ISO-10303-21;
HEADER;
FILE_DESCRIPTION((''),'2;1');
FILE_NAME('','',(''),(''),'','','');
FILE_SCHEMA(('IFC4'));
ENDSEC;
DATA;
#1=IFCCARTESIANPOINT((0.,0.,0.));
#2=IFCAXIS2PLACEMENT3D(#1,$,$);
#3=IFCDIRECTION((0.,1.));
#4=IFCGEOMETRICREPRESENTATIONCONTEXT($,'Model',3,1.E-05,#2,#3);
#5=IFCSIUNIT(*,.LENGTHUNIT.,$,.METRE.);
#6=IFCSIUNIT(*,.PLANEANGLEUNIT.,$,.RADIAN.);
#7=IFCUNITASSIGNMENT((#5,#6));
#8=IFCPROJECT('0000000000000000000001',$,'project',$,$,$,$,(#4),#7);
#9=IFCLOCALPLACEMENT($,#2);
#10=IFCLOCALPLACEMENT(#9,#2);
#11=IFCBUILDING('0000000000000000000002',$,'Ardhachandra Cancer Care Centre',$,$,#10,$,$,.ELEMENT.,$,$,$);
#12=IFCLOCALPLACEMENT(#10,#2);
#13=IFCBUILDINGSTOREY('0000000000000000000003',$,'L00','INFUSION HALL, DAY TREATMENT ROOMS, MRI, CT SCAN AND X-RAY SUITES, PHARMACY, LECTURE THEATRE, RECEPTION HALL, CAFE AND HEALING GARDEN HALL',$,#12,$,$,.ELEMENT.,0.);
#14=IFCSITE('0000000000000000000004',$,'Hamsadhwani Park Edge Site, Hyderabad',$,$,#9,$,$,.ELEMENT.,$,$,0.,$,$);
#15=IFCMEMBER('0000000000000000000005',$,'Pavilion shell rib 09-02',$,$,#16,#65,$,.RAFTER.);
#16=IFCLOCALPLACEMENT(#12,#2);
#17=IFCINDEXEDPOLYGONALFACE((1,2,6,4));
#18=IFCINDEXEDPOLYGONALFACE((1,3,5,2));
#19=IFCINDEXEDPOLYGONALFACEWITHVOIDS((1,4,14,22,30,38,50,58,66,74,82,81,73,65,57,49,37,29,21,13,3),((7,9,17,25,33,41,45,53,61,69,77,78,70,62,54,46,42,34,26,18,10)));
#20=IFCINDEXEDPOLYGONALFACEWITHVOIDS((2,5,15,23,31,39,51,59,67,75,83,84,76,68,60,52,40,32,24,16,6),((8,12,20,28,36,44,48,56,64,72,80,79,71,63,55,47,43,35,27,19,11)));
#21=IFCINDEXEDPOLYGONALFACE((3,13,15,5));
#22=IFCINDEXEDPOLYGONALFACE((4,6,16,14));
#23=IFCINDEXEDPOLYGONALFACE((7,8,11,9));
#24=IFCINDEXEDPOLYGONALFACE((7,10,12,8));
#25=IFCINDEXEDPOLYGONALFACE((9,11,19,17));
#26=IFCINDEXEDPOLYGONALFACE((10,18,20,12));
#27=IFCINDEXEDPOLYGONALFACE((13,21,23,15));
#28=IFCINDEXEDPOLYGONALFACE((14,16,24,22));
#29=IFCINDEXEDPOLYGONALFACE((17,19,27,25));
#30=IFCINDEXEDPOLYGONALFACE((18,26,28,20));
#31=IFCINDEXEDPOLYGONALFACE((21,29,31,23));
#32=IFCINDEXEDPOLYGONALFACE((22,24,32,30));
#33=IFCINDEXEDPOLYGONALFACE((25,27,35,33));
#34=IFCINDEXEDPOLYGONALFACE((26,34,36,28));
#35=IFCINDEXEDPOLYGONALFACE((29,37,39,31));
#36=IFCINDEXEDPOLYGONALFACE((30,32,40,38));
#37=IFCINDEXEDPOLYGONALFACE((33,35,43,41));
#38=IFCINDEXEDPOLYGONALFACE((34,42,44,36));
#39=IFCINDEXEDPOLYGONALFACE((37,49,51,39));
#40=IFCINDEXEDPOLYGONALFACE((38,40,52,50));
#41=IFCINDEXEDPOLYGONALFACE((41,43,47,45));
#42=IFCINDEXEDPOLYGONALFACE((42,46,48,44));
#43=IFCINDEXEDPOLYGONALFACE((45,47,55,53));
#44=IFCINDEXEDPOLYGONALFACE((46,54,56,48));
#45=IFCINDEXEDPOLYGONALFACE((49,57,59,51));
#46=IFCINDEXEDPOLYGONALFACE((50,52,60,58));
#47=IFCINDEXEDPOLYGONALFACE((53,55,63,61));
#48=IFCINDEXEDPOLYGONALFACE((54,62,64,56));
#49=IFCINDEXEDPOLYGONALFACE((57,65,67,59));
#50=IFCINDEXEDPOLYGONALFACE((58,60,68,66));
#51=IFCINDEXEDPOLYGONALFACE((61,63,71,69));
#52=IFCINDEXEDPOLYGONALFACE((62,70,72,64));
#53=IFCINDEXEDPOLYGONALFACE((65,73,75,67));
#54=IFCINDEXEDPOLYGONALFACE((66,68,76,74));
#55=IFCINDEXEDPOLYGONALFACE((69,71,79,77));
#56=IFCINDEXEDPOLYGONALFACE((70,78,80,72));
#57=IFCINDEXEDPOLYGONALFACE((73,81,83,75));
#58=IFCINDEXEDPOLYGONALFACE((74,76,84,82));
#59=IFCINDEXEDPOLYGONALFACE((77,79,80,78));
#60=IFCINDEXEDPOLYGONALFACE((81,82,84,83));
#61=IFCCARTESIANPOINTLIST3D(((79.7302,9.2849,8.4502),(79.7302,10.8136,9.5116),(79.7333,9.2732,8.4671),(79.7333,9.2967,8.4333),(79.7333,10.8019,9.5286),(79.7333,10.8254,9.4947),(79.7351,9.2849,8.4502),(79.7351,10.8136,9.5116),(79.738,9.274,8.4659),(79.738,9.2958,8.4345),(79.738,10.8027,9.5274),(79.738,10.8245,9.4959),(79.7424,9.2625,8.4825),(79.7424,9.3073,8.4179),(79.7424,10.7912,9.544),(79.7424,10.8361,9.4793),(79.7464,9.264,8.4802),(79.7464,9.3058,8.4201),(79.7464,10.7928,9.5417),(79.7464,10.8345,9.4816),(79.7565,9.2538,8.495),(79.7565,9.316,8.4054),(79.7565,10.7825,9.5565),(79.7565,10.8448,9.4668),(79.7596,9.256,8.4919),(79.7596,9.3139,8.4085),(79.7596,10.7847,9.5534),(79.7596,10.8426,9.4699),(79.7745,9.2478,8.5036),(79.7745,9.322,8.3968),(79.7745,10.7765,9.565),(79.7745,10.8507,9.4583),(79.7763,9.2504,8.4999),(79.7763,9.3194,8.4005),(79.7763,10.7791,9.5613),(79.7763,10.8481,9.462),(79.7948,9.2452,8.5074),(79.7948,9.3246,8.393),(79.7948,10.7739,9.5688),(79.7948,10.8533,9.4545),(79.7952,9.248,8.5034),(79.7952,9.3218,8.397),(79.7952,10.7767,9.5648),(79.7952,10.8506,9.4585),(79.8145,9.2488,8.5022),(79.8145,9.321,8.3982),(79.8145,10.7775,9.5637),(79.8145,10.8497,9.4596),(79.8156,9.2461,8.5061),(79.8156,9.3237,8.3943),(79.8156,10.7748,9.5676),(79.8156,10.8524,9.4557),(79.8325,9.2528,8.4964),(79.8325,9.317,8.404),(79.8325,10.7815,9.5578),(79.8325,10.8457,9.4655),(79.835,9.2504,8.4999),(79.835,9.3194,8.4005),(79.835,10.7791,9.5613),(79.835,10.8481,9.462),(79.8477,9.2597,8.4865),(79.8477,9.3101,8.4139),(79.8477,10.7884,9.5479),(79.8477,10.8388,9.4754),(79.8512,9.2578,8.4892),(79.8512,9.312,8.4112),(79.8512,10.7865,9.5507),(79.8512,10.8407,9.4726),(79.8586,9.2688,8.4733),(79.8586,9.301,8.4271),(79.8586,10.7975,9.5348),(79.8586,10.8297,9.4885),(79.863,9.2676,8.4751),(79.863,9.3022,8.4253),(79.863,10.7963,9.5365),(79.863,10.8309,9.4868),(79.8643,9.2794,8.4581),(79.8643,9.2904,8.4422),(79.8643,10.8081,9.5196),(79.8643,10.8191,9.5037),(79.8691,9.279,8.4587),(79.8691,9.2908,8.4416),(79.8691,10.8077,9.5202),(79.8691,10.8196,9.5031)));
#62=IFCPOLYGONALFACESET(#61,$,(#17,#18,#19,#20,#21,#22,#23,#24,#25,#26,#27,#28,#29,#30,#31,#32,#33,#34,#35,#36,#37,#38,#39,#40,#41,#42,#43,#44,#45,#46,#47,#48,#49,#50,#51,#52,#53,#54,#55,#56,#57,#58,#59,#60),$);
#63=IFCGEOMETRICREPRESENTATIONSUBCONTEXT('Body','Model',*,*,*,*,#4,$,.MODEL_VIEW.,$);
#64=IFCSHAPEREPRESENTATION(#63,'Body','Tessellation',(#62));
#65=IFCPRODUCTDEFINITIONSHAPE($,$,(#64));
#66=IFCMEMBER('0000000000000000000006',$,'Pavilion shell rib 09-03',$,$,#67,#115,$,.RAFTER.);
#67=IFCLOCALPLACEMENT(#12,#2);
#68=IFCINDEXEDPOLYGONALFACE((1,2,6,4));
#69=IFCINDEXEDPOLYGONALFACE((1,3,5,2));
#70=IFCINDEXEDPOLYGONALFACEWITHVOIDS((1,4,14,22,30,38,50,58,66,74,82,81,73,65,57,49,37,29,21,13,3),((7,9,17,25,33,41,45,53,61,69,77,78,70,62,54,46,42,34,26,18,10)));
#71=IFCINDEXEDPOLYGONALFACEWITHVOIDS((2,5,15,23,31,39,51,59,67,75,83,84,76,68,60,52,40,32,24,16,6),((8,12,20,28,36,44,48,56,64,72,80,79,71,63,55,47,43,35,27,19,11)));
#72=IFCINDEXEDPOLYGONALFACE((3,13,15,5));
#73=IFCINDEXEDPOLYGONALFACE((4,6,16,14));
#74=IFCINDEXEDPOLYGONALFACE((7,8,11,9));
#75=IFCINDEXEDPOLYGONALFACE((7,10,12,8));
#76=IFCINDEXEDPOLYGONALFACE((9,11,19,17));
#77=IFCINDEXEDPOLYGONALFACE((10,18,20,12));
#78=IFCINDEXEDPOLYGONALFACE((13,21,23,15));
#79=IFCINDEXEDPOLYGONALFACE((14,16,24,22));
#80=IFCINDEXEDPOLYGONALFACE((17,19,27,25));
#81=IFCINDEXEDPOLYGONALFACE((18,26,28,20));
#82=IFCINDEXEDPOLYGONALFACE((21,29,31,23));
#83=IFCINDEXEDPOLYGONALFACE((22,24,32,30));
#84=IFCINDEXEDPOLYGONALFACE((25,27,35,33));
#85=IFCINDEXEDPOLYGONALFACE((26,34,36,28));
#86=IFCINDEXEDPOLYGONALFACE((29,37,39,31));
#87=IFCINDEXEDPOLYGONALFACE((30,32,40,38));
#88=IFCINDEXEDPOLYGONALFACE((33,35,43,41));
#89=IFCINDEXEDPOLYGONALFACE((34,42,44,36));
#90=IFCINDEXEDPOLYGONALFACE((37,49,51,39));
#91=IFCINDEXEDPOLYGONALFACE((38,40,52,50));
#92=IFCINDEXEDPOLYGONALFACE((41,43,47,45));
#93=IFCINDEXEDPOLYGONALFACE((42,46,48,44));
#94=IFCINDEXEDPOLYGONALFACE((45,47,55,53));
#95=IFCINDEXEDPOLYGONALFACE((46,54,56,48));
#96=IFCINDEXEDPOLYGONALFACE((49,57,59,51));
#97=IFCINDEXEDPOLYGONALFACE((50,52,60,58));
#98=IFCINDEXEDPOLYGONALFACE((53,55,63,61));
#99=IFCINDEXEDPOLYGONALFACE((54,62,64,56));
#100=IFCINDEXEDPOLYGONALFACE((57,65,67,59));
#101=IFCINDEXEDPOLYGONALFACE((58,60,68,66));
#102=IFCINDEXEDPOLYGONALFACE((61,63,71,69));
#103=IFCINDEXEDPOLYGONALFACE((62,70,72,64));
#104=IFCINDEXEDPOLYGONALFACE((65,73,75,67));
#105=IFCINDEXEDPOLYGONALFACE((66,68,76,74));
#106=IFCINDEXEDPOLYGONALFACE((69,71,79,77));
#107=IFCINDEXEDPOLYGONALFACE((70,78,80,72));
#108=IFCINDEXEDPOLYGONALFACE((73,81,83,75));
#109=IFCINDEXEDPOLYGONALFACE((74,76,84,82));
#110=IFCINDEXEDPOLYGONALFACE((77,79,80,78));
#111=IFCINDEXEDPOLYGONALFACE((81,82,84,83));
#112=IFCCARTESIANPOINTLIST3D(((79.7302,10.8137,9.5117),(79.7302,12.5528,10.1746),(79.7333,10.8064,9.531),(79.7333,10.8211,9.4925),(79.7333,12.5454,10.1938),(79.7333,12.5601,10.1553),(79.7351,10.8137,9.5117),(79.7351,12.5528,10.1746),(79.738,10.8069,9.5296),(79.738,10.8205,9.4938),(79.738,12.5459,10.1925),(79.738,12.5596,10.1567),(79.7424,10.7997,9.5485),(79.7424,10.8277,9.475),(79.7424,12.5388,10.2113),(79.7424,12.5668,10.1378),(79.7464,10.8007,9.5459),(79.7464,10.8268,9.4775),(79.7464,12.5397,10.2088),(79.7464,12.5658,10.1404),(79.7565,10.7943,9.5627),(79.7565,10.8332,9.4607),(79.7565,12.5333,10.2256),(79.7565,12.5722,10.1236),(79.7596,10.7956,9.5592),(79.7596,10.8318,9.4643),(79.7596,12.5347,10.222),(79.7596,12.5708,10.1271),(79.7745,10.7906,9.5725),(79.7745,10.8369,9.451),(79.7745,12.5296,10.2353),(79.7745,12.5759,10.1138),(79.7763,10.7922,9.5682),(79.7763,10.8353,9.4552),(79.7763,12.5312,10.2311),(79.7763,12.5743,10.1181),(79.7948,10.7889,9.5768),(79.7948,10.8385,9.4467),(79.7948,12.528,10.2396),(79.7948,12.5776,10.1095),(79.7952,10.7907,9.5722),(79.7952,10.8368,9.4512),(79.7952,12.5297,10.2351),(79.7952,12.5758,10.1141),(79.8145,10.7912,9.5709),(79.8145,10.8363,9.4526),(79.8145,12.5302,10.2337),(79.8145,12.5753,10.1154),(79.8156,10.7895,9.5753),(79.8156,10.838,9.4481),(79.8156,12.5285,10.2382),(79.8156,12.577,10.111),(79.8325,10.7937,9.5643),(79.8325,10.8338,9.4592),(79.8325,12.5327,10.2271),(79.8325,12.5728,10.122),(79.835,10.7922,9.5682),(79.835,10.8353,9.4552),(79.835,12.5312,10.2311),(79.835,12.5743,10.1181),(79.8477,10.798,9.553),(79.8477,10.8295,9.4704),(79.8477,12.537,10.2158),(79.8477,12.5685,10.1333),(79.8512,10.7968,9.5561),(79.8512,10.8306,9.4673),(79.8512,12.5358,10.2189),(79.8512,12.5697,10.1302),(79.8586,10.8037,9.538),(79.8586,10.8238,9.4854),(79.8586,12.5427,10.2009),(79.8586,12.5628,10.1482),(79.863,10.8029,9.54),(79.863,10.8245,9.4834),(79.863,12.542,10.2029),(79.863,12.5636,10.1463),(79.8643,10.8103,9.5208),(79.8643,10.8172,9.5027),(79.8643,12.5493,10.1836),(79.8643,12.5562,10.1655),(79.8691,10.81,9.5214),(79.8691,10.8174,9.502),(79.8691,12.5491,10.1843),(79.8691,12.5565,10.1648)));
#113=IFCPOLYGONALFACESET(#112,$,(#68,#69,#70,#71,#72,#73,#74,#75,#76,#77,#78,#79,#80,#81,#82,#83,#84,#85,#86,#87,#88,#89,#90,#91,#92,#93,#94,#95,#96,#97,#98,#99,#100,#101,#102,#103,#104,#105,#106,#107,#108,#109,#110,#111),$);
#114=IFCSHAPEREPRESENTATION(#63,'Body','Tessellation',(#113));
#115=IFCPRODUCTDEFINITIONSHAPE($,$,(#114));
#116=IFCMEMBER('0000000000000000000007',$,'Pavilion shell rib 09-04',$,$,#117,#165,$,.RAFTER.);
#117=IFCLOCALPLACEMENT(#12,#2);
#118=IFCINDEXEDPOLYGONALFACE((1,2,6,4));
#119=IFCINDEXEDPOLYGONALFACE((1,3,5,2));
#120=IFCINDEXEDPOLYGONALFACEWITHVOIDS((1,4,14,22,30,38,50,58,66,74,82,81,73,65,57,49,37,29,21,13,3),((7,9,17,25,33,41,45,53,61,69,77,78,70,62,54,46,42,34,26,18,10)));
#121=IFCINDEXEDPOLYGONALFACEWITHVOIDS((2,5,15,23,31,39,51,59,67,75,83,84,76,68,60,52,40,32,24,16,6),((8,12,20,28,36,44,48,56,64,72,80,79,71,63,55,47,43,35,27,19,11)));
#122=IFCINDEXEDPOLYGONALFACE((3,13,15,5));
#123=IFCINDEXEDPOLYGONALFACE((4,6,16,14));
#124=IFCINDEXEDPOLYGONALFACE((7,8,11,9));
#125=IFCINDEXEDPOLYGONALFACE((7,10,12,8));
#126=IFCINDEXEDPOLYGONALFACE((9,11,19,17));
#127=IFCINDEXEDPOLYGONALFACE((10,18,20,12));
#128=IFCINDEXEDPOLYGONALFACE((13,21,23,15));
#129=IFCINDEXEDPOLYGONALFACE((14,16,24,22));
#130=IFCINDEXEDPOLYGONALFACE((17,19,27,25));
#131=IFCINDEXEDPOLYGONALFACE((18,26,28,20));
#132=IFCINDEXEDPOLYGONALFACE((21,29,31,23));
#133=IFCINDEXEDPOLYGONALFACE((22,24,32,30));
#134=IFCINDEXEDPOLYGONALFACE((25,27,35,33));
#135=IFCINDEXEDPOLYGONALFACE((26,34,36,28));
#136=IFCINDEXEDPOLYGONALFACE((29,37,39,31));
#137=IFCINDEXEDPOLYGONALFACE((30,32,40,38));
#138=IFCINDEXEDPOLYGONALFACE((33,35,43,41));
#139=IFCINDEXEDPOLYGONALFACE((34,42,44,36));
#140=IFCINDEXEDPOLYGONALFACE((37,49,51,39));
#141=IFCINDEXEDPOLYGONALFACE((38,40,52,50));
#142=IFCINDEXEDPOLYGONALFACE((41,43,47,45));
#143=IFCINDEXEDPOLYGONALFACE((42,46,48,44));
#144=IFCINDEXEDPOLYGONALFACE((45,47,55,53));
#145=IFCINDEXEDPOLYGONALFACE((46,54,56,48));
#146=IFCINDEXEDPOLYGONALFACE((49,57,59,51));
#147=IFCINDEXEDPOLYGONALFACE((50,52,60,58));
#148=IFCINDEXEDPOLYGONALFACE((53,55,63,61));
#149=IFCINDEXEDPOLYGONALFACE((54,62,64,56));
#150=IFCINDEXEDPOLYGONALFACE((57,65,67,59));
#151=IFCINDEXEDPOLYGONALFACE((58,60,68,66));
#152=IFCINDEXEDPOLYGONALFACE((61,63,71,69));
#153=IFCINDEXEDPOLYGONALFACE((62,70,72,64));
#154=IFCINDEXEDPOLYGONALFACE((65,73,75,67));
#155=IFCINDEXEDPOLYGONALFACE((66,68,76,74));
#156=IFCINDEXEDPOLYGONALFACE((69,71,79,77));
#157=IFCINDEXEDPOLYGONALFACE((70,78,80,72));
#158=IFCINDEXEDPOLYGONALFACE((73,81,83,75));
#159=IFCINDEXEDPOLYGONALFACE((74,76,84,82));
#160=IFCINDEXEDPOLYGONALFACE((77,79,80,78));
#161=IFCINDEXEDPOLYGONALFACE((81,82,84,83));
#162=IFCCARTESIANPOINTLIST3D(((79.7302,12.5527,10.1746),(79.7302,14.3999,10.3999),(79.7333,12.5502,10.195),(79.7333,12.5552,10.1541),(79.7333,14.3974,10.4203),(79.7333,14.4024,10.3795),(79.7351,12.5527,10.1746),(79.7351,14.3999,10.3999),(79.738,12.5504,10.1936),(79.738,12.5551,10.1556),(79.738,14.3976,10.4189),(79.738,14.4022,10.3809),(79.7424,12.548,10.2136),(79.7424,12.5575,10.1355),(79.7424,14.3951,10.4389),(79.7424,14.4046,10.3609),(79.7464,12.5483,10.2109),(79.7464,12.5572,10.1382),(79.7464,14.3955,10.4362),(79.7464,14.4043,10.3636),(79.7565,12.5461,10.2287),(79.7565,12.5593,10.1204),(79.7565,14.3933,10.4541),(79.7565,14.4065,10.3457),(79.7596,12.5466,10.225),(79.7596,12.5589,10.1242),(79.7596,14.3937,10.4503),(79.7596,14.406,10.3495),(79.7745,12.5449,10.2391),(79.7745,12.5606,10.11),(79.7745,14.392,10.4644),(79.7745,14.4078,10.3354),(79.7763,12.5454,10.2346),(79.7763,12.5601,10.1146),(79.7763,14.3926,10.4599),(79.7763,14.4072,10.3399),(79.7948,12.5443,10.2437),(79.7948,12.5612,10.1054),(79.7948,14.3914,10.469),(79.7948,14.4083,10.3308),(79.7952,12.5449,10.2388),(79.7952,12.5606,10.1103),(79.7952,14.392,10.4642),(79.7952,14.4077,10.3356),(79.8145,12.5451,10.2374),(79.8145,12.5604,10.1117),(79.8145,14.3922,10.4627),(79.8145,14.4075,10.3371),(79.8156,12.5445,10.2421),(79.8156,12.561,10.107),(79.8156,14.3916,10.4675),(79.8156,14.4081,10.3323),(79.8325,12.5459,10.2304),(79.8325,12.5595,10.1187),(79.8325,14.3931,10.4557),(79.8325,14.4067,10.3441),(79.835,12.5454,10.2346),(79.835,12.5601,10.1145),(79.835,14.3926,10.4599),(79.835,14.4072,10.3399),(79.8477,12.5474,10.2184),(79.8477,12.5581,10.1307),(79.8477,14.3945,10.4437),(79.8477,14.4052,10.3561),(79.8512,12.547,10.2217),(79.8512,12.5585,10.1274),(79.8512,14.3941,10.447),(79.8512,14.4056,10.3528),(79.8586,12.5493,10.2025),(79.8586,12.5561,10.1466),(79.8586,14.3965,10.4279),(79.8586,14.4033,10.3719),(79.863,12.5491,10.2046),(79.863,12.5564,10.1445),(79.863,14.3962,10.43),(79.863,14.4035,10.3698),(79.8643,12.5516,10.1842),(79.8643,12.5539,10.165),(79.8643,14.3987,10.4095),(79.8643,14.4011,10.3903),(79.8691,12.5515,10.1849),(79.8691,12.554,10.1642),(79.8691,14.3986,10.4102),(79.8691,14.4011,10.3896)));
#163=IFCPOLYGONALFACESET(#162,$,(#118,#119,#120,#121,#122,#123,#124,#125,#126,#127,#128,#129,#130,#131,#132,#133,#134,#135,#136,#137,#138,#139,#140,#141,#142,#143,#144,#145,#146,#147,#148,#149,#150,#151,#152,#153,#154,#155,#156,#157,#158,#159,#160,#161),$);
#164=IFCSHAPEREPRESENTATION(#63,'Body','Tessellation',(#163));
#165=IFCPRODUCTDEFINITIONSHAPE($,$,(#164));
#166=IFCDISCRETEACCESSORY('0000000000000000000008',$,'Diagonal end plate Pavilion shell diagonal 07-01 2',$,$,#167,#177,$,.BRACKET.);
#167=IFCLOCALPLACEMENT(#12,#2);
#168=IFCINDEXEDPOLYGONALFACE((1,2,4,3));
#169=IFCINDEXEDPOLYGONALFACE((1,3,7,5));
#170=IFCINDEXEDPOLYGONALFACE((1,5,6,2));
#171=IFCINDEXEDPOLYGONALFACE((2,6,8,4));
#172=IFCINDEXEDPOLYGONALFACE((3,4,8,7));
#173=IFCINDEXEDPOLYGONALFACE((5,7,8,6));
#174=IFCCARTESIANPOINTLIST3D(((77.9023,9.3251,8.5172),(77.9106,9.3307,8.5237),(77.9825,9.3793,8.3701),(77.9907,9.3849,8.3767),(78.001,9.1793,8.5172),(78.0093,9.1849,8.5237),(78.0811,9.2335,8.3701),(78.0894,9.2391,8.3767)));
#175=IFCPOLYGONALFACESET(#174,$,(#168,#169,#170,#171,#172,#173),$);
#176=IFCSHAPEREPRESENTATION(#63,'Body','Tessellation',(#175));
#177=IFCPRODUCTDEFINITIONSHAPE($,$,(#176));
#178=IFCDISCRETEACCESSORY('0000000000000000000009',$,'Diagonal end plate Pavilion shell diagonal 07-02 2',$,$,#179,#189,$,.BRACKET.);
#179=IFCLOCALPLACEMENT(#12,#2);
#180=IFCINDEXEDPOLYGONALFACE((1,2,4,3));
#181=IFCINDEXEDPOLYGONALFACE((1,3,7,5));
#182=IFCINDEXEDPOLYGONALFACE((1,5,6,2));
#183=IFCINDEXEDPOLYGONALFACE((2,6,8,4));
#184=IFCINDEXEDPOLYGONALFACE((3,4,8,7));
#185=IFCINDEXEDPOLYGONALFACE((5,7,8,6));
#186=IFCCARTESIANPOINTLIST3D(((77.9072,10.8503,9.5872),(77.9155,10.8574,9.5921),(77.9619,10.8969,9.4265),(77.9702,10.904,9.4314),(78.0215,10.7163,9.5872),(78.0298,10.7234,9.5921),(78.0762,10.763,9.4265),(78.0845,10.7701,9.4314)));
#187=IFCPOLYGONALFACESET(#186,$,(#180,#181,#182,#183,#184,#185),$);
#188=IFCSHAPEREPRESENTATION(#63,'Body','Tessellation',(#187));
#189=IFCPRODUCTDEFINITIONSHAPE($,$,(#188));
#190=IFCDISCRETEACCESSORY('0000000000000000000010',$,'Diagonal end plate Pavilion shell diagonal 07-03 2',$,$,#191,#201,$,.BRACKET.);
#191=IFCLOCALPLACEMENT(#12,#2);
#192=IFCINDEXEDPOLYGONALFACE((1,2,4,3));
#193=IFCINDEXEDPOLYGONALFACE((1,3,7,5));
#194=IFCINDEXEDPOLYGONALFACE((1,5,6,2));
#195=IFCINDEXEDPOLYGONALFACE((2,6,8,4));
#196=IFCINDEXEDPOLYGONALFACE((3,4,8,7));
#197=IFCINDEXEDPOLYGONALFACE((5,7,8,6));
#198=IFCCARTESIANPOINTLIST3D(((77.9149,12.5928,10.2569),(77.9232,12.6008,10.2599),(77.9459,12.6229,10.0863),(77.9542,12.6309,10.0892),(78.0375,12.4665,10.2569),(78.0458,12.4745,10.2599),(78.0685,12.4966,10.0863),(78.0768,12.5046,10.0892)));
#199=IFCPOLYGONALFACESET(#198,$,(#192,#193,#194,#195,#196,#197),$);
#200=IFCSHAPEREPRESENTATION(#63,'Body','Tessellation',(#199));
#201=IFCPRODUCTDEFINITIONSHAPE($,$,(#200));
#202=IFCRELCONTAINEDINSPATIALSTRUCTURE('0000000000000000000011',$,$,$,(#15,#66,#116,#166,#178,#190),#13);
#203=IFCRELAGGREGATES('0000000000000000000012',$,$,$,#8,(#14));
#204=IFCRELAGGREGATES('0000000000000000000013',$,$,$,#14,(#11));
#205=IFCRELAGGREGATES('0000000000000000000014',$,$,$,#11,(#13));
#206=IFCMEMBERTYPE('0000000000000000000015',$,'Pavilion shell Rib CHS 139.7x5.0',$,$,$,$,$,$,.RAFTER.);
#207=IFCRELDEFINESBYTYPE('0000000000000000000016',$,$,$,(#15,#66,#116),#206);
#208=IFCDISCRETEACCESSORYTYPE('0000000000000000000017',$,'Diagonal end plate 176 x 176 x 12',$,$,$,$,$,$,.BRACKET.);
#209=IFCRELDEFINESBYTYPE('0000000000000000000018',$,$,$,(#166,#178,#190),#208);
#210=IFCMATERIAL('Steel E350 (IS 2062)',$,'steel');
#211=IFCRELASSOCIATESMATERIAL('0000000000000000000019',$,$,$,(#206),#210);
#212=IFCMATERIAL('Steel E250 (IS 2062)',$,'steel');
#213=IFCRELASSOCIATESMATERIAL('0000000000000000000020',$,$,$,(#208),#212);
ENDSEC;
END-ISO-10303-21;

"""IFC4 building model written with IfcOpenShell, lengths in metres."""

from ifc_helpers import new_model, si_unit, direction, frame, origin, origin_2d, place, context, subcontext, project, spatial, rectangle, hollow_circle, extrude, material, material_profile, profile_set, type_object, element, save


model = new_model("IFC4")

# Units and contexts
model_context = context("Model", 3, precision=1e-05, world=origin(), true_north=direction((0.0, 1.0)))
body_context = subcontext(model_context, "Body", "Model", "MODEL_VIEW")
ifc_project = project(units=[si_unit("LENGTHUNIT", "METRE"), si_unit("PLANEANGLEUNIT", "RADIAN")], contexts=[model_context])

# Site, building, storey
site_placement = place(None, origin())
site = spatial("IfcSite", under=ifc_project, at=site_placement, Name="Hamsadhwani Park Edge Site, Hyderabad", CompositionType="ELEMENT", RefElevation=0.0)
building_placement = place(site_placement, origin())
building = spatial("IfcBuilding", under=site, at=building_placement, Name="Ardhachandra Cancer Care Centre", CompositionType="ELEMENT")
storey_placement = place(building_placement, origin())
storey = spatial("IfcBuildingStorey", under=building, at=storey_placement, Name="L00", Description="INFUSION HALL, DAY TREATMENT ROOMS, MRI, CT SCAN AND X-RAY SUITES, PHARMACY, LECTURE THEATRE, RECEPTION HALL, CAFE AND HEALING GARDEN HALL", CompositionType="ELEMENT", Elevation=0.0)

# Members
ifc_material_1 = material(Name="Steel E350 (IS 2062)", Category="steel")
ifc_material_profile_1 = material_profile(ifc_material_1, hollow_circle(Radius=0.0698, WallThickness=0.0049, at=origin_2d()), Name="CHS 139.7x5.0")
ifc_profile_set_1 = profile_set([ifc_material_profile_1], Name="Steel E350 (IS 2062)")
member_type_1 = type_object("IfcMemberType", Name="Pavilion shell Rib CHS 139.7x5.0", PredefinedType="RAFTER", material=ifc_profile_set_1)
for number, where, z_axis, x_axis, name in (
    (1, (79.8, 9.2849, 8.4502), (0.0, 0.821408, 0.570342), (-1.0, 0.0, 0.0), "Pavilion shell rib 09-02"),
    (2, (79.8, 10.8137, 9.5117), (0.0, 0.934423, 0.356164), (-1.0, 0.0, 0.0), "Pavilion shell rib 09-03"),
):
    element("IfcMember", number, at=place(storey_placement, frame(where, z_axis=z_axis, x_axis=x_axis)), inside=storey, type_object=member_type_1, Name=name, PredefinedType="RAFTER", context=body_context, shape_type="SweptSolid", body=[
        extrude(hollow_circle(Radius=0.0698, WallThickness=0.0049, at=origin_2d()), origin(), (0.0, 0.0, 1.0), 1.8611),
    ])
member_1_placement = place(storey_placement, frame((79.8, 12.5527, 10.1746), z_axis=(0.0, 0.992641, 0.121095), x_axis=(-1.0, 0.0, 0.0)))
element("IfcMember", 3, at=member_1_placement, inside=storey, type_object=member_type_1, Name="Pavilion shell rib 09-04", PredefinedType="RAFTER", context=body_context, shape_type="SweptSolid", body=[
    extrude(hollow_circle(Radius=0.0698, WallThickness=0.0049, at=origin_2d()), origin(), (0.0, 0.0, 1.0), 1.8608),
])

# Discrete accessories
ifc_material_2 = material(Name="Steel E250 (IS 2062)", Category="steel")
ifc_material_profile_2 = material_profile(ifc_material_2, rectangle(XDim=0.176, YDim=0.176, at=origin_2d()), Name="PL 176x176x12")
ifc_profile_set_2 = profile_set([ifc_material_profile_2], Name="Steel E250 (IS 2062)")
discrete_accessory_type = type_object("IfcDiscreteAccessoryType", Name="Diagonal end plate 176 x 176 x 12", PredefinedType="BRACKET", material=ifc_profile_set_2)
for number, where, z_axis, x_axis, name in (
    (4, (78.0, 9.2849, 8.4502), (-0.692007, -0.468122, -0.549535), (0.560309, -0.828283, 0.0), "Diagonal end plate Pavilion shell diagonal 07-01 2"),
    (5, (78.0, 10.8137, 9.5117), (-0.694456, -0.59233, -0.408504), (0.648947, -0.760834, 0.0), "Diagonal end plate Pavilion shell diagonal 07-02 2"),
    (6, (78.0, 12.5527, 10.1746), (-0.695618, -0.675159, -0.245512), (0.696475, -0.717581, 0.0), "Diagonal end plate Pavilion shell diagonal 07-03 2"),
):
    element("IfcDiscreteAccessory", number, at=place(storey_placement, frame(where, z_axis=z_axis, x_axis=x_axis)), inside=storey, type_object=discrete_accessory_type, Name=name, PredefinedType="BRACKET", context=body_context, shape_type="SweptSolid", body=[
        extrude(rectangle(XDim=0.176, YDim=0.176, at=origin_2d()), origin(), (0.0, 0.0, 1.0), 0.012),
    ])

save(model, "model.ifc")
